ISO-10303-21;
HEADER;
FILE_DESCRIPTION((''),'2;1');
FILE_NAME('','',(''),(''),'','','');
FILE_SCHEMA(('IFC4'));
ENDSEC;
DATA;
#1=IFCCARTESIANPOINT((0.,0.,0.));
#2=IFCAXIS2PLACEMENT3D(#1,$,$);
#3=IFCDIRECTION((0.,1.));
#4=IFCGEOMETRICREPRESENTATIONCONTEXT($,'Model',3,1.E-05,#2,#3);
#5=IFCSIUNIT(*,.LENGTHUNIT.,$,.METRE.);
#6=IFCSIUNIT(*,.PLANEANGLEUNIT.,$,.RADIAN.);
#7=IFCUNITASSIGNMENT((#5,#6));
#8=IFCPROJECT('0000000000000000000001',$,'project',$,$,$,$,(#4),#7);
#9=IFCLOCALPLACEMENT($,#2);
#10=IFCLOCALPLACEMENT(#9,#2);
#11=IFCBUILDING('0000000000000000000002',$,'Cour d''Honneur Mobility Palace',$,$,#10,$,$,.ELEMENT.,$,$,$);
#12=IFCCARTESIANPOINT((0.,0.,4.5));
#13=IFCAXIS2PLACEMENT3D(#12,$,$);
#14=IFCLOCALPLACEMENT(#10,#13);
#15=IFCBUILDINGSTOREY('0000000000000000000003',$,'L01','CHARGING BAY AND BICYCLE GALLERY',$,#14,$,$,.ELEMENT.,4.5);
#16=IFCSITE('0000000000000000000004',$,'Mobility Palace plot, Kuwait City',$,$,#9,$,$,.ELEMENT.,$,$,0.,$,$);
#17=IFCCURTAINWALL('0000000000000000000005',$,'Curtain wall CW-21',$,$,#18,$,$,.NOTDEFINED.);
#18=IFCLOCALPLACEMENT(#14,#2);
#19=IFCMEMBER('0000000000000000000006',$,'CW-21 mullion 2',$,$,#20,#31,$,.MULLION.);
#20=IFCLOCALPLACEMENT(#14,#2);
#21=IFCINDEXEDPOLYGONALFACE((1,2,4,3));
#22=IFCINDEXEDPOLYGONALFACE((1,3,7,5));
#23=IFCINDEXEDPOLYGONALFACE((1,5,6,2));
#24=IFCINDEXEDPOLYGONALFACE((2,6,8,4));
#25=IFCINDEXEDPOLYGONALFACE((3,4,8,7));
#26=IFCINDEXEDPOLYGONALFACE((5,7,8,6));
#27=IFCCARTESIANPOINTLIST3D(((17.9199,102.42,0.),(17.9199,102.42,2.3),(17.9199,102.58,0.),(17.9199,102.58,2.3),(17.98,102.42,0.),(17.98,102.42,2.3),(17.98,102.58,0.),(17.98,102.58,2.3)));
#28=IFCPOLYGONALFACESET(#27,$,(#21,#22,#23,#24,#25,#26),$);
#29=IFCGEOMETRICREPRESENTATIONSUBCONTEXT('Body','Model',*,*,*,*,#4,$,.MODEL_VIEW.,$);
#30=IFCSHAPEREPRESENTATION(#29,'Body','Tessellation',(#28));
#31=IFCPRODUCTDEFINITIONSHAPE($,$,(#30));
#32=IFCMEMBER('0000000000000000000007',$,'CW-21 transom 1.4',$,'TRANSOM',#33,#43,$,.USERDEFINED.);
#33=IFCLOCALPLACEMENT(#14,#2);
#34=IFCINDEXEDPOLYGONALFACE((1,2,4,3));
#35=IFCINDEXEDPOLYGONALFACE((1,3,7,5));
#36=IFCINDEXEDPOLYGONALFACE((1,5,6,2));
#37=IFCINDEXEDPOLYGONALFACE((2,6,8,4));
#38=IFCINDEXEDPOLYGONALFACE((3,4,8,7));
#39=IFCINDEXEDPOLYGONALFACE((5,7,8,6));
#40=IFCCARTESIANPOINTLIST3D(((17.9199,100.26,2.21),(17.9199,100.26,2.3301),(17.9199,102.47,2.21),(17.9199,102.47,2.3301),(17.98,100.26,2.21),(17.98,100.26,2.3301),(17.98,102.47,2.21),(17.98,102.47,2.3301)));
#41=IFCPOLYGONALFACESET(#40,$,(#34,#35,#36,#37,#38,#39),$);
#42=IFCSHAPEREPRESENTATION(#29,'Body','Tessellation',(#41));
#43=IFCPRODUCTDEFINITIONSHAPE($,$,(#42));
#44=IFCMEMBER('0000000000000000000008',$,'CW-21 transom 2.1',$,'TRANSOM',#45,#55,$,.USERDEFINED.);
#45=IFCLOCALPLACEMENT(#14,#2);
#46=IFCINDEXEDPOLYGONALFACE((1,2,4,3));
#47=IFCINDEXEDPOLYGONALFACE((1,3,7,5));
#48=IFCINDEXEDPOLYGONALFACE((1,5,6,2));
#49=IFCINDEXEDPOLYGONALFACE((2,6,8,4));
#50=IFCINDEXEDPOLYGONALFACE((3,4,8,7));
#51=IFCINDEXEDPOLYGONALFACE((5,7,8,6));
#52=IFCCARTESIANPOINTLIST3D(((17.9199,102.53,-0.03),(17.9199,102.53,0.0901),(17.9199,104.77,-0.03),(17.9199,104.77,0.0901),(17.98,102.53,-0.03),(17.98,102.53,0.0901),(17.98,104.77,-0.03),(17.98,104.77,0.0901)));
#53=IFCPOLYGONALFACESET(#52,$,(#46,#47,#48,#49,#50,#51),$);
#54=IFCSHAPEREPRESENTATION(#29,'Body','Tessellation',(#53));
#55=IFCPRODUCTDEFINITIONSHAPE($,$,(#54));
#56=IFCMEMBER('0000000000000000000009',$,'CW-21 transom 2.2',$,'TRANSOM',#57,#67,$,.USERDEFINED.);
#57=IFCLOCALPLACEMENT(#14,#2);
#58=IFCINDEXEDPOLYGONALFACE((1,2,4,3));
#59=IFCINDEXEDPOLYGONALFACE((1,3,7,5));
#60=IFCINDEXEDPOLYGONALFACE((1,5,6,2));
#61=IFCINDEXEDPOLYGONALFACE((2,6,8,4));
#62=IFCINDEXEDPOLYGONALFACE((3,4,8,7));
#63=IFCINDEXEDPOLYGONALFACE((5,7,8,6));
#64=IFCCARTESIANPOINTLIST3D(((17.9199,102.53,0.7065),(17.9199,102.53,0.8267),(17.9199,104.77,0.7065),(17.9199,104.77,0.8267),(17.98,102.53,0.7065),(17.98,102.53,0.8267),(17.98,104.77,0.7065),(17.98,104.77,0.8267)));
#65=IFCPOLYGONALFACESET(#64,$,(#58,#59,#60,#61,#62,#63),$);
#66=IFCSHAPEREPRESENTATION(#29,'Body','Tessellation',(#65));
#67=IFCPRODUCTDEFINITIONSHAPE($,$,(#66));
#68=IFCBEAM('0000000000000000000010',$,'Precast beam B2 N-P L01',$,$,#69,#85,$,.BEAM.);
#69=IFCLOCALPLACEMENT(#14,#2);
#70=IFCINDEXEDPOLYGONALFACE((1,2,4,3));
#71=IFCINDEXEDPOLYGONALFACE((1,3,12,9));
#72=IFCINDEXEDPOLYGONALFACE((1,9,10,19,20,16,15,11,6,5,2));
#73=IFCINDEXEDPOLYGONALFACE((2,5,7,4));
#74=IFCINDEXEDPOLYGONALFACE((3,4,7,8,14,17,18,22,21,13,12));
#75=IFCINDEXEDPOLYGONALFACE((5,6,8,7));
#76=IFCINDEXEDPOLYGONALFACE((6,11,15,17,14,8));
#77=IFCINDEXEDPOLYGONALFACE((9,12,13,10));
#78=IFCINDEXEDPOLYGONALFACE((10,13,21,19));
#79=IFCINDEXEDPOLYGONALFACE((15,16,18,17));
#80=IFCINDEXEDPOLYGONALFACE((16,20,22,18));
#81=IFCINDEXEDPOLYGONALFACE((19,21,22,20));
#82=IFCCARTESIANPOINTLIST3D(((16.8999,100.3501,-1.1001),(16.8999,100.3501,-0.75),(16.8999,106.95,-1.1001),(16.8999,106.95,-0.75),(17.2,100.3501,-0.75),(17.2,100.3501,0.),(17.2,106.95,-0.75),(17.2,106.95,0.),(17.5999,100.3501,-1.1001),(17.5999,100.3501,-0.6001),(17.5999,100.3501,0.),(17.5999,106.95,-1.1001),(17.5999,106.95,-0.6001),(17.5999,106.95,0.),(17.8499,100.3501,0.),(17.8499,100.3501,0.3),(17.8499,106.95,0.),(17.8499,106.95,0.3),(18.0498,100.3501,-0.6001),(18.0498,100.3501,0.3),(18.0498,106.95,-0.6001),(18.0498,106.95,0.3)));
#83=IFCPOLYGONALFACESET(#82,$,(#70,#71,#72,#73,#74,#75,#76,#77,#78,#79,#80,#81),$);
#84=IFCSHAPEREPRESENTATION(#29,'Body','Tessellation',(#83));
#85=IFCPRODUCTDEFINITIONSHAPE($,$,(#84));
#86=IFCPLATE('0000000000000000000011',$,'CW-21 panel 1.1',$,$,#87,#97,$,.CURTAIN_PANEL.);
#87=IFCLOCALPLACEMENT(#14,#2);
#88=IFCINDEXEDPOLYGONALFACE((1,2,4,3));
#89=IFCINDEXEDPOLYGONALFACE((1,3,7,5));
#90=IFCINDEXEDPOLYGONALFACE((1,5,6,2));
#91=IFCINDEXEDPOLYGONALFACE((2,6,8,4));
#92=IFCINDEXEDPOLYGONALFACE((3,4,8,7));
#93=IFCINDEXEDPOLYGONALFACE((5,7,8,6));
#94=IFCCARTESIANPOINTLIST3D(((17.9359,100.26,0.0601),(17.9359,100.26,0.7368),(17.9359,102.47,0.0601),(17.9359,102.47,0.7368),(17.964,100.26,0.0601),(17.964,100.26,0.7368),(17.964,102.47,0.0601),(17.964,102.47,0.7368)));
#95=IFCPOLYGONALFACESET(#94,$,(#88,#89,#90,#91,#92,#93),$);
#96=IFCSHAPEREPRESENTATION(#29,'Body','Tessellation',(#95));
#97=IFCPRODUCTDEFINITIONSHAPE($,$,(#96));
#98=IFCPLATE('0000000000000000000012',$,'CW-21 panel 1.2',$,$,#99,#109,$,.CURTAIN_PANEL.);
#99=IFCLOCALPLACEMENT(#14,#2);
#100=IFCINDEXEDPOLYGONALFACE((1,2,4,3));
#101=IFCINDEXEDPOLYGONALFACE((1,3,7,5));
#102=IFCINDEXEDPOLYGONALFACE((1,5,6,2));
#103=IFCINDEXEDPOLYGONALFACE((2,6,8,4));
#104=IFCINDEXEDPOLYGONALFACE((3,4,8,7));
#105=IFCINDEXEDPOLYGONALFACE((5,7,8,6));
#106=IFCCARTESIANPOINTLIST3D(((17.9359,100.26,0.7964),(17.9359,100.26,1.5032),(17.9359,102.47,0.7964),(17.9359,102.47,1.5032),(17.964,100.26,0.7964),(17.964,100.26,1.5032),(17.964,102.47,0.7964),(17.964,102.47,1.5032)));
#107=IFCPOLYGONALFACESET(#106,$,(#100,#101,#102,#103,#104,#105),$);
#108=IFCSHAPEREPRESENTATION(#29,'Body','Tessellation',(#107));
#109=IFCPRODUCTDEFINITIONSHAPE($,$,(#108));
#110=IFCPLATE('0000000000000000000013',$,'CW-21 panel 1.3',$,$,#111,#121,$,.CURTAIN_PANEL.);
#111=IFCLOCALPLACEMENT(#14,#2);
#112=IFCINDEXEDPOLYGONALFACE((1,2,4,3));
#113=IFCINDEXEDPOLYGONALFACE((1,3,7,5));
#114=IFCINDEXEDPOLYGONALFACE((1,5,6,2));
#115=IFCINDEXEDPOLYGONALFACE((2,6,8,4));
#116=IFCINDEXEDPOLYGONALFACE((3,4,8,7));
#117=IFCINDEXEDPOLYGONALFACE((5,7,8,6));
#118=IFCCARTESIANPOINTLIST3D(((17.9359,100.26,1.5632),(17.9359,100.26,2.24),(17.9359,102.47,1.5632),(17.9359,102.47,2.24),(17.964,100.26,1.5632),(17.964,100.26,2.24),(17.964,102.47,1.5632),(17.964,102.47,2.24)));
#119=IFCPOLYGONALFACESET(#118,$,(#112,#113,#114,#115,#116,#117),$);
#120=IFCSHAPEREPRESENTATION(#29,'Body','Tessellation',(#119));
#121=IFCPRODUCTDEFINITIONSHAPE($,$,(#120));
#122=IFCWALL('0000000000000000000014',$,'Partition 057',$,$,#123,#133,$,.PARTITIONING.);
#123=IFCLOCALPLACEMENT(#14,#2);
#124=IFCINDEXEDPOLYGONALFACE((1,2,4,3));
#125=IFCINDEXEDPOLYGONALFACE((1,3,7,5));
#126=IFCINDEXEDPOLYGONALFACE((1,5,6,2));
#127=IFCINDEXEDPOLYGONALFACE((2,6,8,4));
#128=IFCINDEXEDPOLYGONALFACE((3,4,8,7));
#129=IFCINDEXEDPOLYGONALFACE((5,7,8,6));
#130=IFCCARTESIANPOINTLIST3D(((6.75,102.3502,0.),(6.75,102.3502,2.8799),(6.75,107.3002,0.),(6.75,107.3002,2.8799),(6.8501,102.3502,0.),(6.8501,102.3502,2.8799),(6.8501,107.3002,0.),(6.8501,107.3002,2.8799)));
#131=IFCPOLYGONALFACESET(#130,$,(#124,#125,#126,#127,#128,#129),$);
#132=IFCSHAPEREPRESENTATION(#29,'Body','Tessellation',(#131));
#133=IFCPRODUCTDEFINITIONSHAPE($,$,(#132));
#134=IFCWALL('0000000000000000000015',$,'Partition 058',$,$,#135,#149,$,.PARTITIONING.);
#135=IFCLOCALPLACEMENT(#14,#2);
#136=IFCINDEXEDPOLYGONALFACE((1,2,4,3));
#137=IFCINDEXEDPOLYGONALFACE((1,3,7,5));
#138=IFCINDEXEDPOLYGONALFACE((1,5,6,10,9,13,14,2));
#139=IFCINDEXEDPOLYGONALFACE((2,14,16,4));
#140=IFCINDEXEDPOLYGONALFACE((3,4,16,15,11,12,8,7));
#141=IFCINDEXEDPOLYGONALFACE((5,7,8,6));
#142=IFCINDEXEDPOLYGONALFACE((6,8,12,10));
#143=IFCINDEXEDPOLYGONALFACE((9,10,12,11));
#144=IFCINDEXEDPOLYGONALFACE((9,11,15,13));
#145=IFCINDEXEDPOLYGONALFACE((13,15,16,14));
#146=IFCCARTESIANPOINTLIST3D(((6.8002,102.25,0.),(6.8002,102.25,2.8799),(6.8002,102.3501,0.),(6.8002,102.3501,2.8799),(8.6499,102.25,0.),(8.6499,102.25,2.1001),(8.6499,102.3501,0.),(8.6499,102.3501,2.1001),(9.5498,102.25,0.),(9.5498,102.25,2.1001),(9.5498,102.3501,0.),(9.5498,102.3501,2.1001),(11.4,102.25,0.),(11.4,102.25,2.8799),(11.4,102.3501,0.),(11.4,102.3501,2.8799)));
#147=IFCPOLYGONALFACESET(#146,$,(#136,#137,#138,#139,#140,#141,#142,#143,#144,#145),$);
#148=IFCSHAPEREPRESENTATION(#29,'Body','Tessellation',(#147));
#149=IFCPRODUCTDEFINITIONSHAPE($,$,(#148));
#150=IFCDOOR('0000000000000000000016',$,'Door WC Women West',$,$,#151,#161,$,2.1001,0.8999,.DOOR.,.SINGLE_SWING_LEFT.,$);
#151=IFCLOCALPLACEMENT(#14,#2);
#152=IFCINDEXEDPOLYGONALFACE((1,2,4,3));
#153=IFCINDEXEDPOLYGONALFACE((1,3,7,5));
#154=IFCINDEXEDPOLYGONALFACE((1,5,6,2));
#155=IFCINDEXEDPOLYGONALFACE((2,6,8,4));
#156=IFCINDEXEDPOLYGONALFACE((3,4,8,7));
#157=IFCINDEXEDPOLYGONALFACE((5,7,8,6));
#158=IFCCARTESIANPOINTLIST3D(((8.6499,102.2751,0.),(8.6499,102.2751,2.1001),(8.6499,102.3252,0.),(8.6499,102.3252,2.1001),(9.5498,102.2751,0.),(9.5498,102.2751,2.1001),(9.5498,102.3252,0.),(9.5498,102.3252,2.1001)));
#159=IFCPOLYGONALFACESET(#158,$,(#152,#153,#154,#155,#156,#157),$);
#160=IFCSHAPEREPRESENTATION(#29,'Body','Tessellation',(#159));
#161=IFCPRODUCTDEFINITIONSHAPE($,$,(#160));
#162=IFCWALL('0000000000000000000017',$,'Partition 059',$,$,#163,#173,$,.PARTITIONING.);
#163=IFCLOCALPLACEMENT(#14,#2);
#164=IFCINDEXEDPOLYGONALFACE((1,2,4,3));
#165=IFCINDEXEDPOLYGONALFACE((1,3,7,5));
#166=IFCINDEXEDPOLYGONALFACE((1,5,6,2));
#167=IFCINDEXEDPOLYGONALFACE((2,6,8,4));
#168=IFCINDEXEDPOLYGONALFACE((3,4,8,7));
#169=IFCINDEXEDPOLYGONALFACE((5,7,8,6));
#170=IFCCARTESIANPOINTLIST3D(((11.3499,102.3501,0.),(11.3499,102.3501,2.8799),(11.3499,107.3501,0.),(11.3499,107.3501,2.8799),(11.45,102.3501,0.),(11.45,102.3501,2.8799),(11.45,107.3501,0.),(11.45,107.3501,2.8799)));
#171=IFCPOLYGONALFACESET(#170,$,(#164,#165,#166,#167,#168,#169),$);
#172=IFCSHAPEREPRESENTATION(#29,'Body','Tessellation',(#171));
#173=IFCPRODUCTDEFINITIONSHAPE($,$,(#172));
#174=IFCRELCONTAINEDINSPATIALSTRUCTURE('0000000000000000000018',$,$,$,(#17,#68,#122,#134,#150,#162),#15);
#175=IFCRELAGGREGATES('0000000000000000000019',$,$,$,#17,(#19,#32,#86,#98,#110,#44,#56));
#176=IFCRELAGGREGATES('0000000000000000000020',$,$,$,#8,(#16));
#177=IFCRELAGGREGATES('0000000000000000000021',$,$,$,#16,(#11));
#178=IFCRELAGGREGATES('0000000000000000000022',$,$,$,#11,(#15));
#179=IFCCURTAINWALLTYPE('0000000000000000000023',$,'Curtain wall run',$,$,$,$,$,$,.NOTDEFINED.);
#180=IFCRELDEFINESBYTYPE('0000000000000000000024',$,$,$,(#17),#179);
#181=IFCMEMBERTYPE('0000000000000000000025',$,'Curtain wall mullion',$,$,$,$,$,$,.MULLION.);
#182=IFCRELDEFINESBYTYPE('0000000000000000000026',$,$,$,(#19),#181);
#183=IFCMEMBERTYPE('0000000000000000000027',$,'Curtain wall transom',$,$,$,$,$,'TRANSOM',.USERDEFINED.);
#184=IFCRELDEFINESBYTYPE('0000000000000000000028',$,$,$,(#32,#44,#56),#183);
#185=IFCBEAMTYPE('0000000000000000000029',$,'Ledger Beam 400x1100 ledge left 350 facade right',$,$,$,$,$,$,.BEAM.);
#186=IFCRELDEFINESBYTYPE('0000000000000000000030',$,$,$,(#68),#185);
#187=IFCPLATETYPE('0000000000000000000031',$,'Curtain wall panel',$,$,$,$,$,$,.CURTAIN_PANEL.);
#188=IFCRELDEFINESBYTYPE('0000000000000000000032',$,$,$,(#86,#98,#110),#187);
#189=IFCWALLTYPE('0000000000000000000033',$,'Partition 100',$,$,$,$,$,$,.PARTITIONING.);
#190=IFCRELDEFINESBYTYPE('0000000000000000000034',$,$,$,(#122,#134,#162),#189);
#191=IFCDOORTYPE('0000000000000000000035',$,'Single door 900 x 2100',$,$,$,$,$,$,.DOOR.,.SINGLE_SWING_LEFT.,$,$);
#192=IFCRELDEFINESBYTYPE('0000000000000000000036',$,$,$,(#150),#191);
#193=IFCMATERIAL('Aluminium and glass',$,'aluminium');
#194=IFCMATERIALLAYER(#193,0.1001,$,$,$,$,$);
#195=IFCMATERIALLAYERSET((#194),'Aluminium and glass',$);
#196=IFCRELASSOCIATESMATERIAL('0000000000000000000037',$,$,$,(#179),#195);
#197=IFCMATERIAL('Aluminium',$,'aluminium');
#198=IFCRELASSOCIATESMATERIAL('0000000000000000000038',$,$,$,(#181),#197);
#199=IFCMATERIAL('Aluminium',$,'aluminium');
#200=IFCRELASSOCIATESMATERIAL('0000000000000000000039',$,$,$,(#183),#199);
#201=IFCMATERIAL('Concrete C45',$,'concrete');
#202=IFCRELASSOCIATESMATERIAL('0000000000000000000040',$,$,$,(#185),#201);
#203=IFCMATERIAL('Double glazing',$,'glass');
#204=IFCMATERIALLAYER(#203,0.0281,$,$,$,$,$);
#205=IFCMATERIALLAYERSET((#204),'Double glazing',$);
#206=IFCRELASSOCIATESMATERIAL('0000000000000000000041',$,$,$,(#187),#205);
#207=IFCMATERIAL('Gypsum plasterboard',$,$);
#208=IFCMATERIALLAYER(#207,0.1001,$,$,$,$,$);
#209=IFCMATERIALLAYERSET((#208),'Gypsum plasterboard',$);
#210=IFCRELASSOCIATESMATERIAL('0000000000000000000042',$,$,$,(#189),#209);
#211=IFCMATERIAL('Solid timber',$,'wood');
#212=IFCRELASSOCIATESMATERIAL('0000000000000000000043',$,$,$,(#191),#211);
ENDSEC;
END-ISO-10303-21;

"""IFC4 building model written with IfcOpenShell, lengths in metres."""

from ifc_helpers import new_model, si_unit, direction, frame, frame_2d, origin, origin_2d, place, context, subcontext, project, spatial, polyline, rectangle, outline, extrude, material, layer, layer_set, material_profile, profile_set, type_object, element, fill, aggregate, save


model = new_model("IFC4")

# Units and contexts
model_context = context("Model", 3, precision=1e-05, world=origin(), true_north=direction((0.0, 1.0)))
body_context = subcontext(model_context, "Body", "Model", "MODEL_VIEW")
ifc_project = project(units=[si_unit("LENGTHUNIT", "METRE"), si_unit("PLANEANGLEUNIT", "RADIAN")], contexts=[model_context])

# Site, building, storey
site_placement = place(None, origin())
site = spatial("IfcSite", under=ifc_project, at=site_placement, Name="Mobility Palace plot, Kuwait City", CompositionType="ELEMENT", RefElevation=0.0)
building_placement = place(site_placement, origin())
building = spatial("IfcBuilding", under=site, at=building_placement, Name="Cour d'Honneur Mobility Palace", CompositionType="ELEMENT")
storey_placement = place(building_placement, frame((0.0, 0.0, 4.5)))
storey = spatial("IfcBuildingStorey", under=building, at=storey_placement, Name="L01", Description="CHARGING BAY AND BICYCLE GALLERY", CompositionType="ELEMENT", Elevation=4.5)

# Curtain wall, members
ifc_material_1 = material(Name="Aluminium and glass", Category="aluminium")
ifc_layer_1 = layer(ifc_material_1, 0.1001)
ifc_layer_set_1 = layer_set([ifc_layer_1], Name="Aluminium and glass")
curtain_wall_type = type_object("IfcCurtainWallType", Name="Curtain wall run", PredefinedType="NOTDEFINED", material=ifc_layer_set_1)
curtain_wall_placement = place(storey_placement, origin())
curtain_wall = element("IfcCurtainWall", 1, at=curtain_wall_placement, inside=storey, type_object=curtain_wall_type, Name="Curtain wall CW-21", PredefinedType="NOTDEFINED")
ifc_material_2 = material(Name="Aluminium", Category="aluminium")
ifc_material_profile_1 = material_profile(ifc_material_2, rectangle(XDim=0.0601, YDim=0.1599, at=origin_2d()), Name="Curtain wall mullion")
ifc_profile_set_1 = profile_set([ifc_material_profile_1], Name="Aluminium")
member_type_1 = type_object("IfcMemberType", Name="Curtain wall mullion", PredefinedType="MULLION", material=ifc_profile_set_1)
member_1_placement = place(storey_placement, frame((17.95, 102.5, 0.0), z_axis=(0.0, 0.0, 1.0), x_axis=(-1.0, 0.0, 0.0)))
member_1 = element("IfcMember", 2, at=member_1_placement, type_object=member_type_1, Name="CW-21 mullion 2", PredefinedType="MULLION", context=body_context, shape_type="SweptSolid", body=[
    extrude(rectangle(XDim=0.0601, YDim=0.1599, at=origin_2d()), origin(), (0.0, 0.0, 1.0), 2.3),
])
ifc_material_3 = material(Name="Aluminium", Category="aluminium")
ifc_material_profile_2 = material_profile(ifc_material_3, rectangle(XDim=0.0601, YDim=0.1201, at=origin_2d()), Name="Curtain wall transom")
ifc_profile_set_2 = profile_set([ifc_material_profile_2], Name="Aluminium")
member_type_2 = type_object("IfcMemberType", Name="Curtain wall transom", ElementType="TRANSOM", PredefinedType="USERDEFINED", material=ifc_profile_set_2)
member_2_placement = place(storey_placement, frame((17.95, 100.26, 2.27), z_axis=(0.0, 1.0, 0.0), x_axis=(-1.0, 0.0, 0.0)))
member_2 = element("IfcMember", 3, at=member_2_placement, type_object=member_type_2, Name="CW-21 transom 1.4", ObjectType="TRANSOM", PredefinedType="USERDEFINED", context=body_context, shape_type="SweptSolid", body=[
    extrude(rectangle(XDim=0.0601, YDim=0.1201, at=origin_2d()), origin(), (0.0, 0.0, 1.0), 2.21),
])
member_3_placement = place(storey_placement, frame((17.95, 102.53, 0.03), z_axis=(0.0, 1.0, 0.0), x_axis=(-1.0, 0.0, 0.0)))
member_3 = element("IfcMember", 4, at=member_3_placement, type_object=member_type_2, Name="CW-21 transom 2.1", ObjectType="TRANSOM", PredefinedType="USERDEFINED", context=body_context, shape_type="SweptSolid", body=[
    extrude(rectangle(XDim=0.0601, YDim=0.1201, at=origin_2d()), origin(), (0.0, 0.0, 1.0), 2.24),
])
member_4_placement = place(storey_placement, frame((17.95, 102.53, 0.7666), z_axis=(0.0, 1.0, 0.0), x_axis=(-1.0, 0.0, 0.0)))
member_4 = element("IfcMember", 5, at=member_4_placement, type_object=member_type_2, Name="CW-21 transom 2.2", ObjectType="TRANSOM", PredefinedType="USERDEFINED", context=body_context, shape_type="SweptSolid", body=[
    extrude(rectangle(XDim=0.0601, YDim=0.1201, at=origin_2d()), origin(), (0.0, 0.0, 1.0), 2.24),
])

# Beam
ifc_material_4 = material(Name="Concrete C45", Category="concrete")
ifc_material_profile_3 = material_profile(ifc_material_4, outline(polyline([(0.5, -1.1001), (0.5, -0.75), (0.2, -0.75), (0.2, 0.0), (-0.2, 0.0), (-0.45, 0.0), (-0.45, 0.3), (-0.6499, 0.3), (-0.6499, -0.6001), (-0.2, -0.6001), (-0.2, -1.1001), (0.5, -1.1001)])), Name="Ledger Beam 400x1100 ledge left 350 facade right")
ifc_profile_set_3 = profile_set([ifc_material_profile_3], Name="Concrete C45")
beam_type = type_object("IfcBeamType", Name="Ledger Beam 400x1100 ledge left 350 facade right", PredefinedType="BEAM", material=ifc_profile_set_3)
beam_placement = place(storey_placement, frame((17.3999, 100.3501, 0.0), z_axis=(0.0, 1.0, 0.0), x_axis=(-1.0, 0.0, 0.0)))
element("IfcBeam", 6, at=beam_placement, inside=storey, type_object=beam_type, Name="Precast beam B2 N-P L01", PredefinedType="BEAM", context=body_context, shape_type="SweptSolid", body=[
    extrude(outline(polyline([(0.5, -1.1001), (0.5, -0.75), (0.2, -0.75), (0.2, 0.0), (-0.2, 0.0), (-0.45, 0.0), (-0.45, 0.3), (-0.6499, 0.3), (-0.6499, -0.6001), (-0.2, -0.6001), (-0.2, -1.1001), (0.5, -1.1001)])), origin(), (0.0, 0.0, 1.0), 6.5999),
])

# Plates
ifc_material_5 = material(Name="Double glazing", Category="glass")
ifc_layer_2 = layer(ifc_material_5, 0.0281)
ifc_layer_set_2 = layer_set([ifc_layer_2], Name="Double glazing")
plate_type = type_object("IfcPlateType", Name="Curtain wall panel", PredefinedType="CURTAIN_PANEL", material=ifc_layer_set_2)
plate_1_placement = place(storey_placement, frame((17.95, 101.365, 0.0601), z_axis=(0.0, 0.0, 1.0), x_axis=(0.0, 1.0, 0.0)))
plate_1 = element("IfcPlate", 7, at=plate_1_placement, type_object=plate_type, Name="CW-21 panel 1.1", PredefinedType="CURTAIN_PANEL", context=body_context, shape_type="SweptSolid", body=[
    extrude(rectangle(XDim=2.21, YDim=0.0281, at=origin_2d()), origin(), (0.0, 0.0, 1.0), 0.6768),
])
plate_2_placement = place(storey_placement, frame((17.95, 101.365, 0.7964), z_axis=(0.0, 0.0, 1.0), x_axis=(0.0, 1.0, 0.0)))
plate_2 = element("IfcPlate", 8, at=plate_2_placement, type_object=plate_type, Name="CW-21 panel 1.2", PredefinedType="CURTAIN_PANEL", context=body_context, shape_type="SweptSolid", body=[
    extrude(rectangle(XDim=2.21, YDim=0.0281, at=origin_2d()), origin(), (0.0, 0.0, 1.0), 0.7068),
])
plate_3_placement = place(storey_placement, frame((17.95, 101.365, 1.5632), z_axis=(0.0, 0.0, 1.0), x_axis=(0.0, 1.0, 0.0)))
plate_3 = element("IfcPlate", 9, at=plate_3_placement, type_object=plate_type, Name="CW-21 panel 1.3", PredefinedType="CURTAIN_PANEL", context=body_context, shape_type="SweptSolid", body=[
    extrude(rectangle(XDim=2.21, YDim=0.0281, at=origin_2d()), origin(), (0.0, 0.0, 1.0), 0.6768),
])
aggregate(curtain_wall, [member_1, member_2, plate_1, plate_2, plate_3, member_3, member_4])

# Wall
ifc_material_6 = material(Name="Gypsum plasterboard")
ifc_layer_3 = layer(ifc_material_6, 0.1001)
ifc_layer_set_3 = layer_set([ifc_layer_3], Name="Gypsum plasterboard")
wall_type = type_object("IfcWallType", Name="Partition 100", PredefinedType="PARTITIONING", material=ifc_layer_set_3)
wall_1_placement = place(storey_placement, frame((6.8, 102.3501, 0.0), z_axis=(0.0, 0.0, 1.0), x_axis=(0.0, 1.0, 0.0)))
element("IfcWall", 10, at=wall_1_placement, inside=storey, type_object=wall_type, Name="Partition 057", PredefinedType="PARTITIONING", context=body_context, shape_type="SweptSolid", body=[
    extrude(rectangle(XDim=4.95, YDim=0.1001, at=frame_2d((2.4751, 0.0))), origin(), (0.0, 0.0, 1.0), 2.8799),
])

# Wall, opening, door
wall_2_placement = place(storey_placement, frame((11.3999, 102.3, 0.0), z_axis=(0.0, 0.0, 1.0), x_axis=(-1.0, 0.0, 0.0)))
wall_2 = element("IfcWall", 11, at=wall_2_placement, inside=storey, type_object=wall_type, Name="Partition 058", PredefinedType="PARTITIONING", context=body_context, shape_type="SweptSolid", body=[
    extrude(rectangle(XDim=4.5999, YDim=0.1001, at=frame_2d((2.2998, 0.0))), origin(), (0.0, 0.0, 1.0), 2.8799),
])
opening_1_placement = place(wall_2_placement, frame((1.8501, 0.0, 0.0)))
opening_1 = element("IfcOpeningElement", 12, at=opening_1_placement, cuts=wall_2, PredefinedType="OPENING", context=body_context, shape_type="SweptSolid", body=[
    extrude(rectangle(XDim=0.8999, YDim=2.1001, at=frame_2d((0.45, 1.05))), frame((0.0, 0.0601, 0.0), z_axis=(0.0, -1.0, 0.0), x_axis=(1.0, 0.0, 0.0)), (0.0, 0.0, 1.0), 0.1201),
])
ifc_material_7 = material(Name="Solid timber", Category="wood")
door_type_1 = type_object("IfcDoorType", Name="Single door 900 x 2100", OperationType="SINGLE_SWING_LEFT", PredefinedType="DOOR", material=ifc_material_7)
door_1_placement = place(opening_1_placement, origin())
door_1 = element("IfcDoor", 13, at=door_1_placement, inside=storey, type_object=door_type_1, Name="Door WC Women West", OperationType="SINGLE_SWING_LEFT", OverallHeight=2.1001, OverallWidth=0.8999, PredefinedType="DOOR", context=body_context, shape_type="SweptSolid", body=[
    extrude(rectangle(XDim=0.8999, YDim=2.1001, at=frame_2d((0.45, 1.05))), frame((0.0, 0.0249, 0.0), z_axis=(0.0, -1.0, 0.0), x_axis=(1.0, 0.0, 0.0)), (0.0, 0.0, 1.0), 0.05),
])
fill(opening_1, door_1)

# Wall
wall_3_placement = place(storey_placement, frame((11.3999, 102.3501, 0.0), z_axis=(0.0, 0.0, 1.0), x_axis=(0.0, 1.0, 0.0)))
element("IfcWall", 14, at=wall_3_placement, inside=storey, type_object=wall_type, Name="Partition 059", PredefinedType="PARTITIONING", context=body_context, shape_type="SweptSolid", body=[
    extrude(rectangle(XDim=5.0, YDim=0.1001, at=frame_2d((2.5, 0.0))), origin(), (0.0, 0.0, 1.0), 2.8799),
])

save(model, "model.ifc")
